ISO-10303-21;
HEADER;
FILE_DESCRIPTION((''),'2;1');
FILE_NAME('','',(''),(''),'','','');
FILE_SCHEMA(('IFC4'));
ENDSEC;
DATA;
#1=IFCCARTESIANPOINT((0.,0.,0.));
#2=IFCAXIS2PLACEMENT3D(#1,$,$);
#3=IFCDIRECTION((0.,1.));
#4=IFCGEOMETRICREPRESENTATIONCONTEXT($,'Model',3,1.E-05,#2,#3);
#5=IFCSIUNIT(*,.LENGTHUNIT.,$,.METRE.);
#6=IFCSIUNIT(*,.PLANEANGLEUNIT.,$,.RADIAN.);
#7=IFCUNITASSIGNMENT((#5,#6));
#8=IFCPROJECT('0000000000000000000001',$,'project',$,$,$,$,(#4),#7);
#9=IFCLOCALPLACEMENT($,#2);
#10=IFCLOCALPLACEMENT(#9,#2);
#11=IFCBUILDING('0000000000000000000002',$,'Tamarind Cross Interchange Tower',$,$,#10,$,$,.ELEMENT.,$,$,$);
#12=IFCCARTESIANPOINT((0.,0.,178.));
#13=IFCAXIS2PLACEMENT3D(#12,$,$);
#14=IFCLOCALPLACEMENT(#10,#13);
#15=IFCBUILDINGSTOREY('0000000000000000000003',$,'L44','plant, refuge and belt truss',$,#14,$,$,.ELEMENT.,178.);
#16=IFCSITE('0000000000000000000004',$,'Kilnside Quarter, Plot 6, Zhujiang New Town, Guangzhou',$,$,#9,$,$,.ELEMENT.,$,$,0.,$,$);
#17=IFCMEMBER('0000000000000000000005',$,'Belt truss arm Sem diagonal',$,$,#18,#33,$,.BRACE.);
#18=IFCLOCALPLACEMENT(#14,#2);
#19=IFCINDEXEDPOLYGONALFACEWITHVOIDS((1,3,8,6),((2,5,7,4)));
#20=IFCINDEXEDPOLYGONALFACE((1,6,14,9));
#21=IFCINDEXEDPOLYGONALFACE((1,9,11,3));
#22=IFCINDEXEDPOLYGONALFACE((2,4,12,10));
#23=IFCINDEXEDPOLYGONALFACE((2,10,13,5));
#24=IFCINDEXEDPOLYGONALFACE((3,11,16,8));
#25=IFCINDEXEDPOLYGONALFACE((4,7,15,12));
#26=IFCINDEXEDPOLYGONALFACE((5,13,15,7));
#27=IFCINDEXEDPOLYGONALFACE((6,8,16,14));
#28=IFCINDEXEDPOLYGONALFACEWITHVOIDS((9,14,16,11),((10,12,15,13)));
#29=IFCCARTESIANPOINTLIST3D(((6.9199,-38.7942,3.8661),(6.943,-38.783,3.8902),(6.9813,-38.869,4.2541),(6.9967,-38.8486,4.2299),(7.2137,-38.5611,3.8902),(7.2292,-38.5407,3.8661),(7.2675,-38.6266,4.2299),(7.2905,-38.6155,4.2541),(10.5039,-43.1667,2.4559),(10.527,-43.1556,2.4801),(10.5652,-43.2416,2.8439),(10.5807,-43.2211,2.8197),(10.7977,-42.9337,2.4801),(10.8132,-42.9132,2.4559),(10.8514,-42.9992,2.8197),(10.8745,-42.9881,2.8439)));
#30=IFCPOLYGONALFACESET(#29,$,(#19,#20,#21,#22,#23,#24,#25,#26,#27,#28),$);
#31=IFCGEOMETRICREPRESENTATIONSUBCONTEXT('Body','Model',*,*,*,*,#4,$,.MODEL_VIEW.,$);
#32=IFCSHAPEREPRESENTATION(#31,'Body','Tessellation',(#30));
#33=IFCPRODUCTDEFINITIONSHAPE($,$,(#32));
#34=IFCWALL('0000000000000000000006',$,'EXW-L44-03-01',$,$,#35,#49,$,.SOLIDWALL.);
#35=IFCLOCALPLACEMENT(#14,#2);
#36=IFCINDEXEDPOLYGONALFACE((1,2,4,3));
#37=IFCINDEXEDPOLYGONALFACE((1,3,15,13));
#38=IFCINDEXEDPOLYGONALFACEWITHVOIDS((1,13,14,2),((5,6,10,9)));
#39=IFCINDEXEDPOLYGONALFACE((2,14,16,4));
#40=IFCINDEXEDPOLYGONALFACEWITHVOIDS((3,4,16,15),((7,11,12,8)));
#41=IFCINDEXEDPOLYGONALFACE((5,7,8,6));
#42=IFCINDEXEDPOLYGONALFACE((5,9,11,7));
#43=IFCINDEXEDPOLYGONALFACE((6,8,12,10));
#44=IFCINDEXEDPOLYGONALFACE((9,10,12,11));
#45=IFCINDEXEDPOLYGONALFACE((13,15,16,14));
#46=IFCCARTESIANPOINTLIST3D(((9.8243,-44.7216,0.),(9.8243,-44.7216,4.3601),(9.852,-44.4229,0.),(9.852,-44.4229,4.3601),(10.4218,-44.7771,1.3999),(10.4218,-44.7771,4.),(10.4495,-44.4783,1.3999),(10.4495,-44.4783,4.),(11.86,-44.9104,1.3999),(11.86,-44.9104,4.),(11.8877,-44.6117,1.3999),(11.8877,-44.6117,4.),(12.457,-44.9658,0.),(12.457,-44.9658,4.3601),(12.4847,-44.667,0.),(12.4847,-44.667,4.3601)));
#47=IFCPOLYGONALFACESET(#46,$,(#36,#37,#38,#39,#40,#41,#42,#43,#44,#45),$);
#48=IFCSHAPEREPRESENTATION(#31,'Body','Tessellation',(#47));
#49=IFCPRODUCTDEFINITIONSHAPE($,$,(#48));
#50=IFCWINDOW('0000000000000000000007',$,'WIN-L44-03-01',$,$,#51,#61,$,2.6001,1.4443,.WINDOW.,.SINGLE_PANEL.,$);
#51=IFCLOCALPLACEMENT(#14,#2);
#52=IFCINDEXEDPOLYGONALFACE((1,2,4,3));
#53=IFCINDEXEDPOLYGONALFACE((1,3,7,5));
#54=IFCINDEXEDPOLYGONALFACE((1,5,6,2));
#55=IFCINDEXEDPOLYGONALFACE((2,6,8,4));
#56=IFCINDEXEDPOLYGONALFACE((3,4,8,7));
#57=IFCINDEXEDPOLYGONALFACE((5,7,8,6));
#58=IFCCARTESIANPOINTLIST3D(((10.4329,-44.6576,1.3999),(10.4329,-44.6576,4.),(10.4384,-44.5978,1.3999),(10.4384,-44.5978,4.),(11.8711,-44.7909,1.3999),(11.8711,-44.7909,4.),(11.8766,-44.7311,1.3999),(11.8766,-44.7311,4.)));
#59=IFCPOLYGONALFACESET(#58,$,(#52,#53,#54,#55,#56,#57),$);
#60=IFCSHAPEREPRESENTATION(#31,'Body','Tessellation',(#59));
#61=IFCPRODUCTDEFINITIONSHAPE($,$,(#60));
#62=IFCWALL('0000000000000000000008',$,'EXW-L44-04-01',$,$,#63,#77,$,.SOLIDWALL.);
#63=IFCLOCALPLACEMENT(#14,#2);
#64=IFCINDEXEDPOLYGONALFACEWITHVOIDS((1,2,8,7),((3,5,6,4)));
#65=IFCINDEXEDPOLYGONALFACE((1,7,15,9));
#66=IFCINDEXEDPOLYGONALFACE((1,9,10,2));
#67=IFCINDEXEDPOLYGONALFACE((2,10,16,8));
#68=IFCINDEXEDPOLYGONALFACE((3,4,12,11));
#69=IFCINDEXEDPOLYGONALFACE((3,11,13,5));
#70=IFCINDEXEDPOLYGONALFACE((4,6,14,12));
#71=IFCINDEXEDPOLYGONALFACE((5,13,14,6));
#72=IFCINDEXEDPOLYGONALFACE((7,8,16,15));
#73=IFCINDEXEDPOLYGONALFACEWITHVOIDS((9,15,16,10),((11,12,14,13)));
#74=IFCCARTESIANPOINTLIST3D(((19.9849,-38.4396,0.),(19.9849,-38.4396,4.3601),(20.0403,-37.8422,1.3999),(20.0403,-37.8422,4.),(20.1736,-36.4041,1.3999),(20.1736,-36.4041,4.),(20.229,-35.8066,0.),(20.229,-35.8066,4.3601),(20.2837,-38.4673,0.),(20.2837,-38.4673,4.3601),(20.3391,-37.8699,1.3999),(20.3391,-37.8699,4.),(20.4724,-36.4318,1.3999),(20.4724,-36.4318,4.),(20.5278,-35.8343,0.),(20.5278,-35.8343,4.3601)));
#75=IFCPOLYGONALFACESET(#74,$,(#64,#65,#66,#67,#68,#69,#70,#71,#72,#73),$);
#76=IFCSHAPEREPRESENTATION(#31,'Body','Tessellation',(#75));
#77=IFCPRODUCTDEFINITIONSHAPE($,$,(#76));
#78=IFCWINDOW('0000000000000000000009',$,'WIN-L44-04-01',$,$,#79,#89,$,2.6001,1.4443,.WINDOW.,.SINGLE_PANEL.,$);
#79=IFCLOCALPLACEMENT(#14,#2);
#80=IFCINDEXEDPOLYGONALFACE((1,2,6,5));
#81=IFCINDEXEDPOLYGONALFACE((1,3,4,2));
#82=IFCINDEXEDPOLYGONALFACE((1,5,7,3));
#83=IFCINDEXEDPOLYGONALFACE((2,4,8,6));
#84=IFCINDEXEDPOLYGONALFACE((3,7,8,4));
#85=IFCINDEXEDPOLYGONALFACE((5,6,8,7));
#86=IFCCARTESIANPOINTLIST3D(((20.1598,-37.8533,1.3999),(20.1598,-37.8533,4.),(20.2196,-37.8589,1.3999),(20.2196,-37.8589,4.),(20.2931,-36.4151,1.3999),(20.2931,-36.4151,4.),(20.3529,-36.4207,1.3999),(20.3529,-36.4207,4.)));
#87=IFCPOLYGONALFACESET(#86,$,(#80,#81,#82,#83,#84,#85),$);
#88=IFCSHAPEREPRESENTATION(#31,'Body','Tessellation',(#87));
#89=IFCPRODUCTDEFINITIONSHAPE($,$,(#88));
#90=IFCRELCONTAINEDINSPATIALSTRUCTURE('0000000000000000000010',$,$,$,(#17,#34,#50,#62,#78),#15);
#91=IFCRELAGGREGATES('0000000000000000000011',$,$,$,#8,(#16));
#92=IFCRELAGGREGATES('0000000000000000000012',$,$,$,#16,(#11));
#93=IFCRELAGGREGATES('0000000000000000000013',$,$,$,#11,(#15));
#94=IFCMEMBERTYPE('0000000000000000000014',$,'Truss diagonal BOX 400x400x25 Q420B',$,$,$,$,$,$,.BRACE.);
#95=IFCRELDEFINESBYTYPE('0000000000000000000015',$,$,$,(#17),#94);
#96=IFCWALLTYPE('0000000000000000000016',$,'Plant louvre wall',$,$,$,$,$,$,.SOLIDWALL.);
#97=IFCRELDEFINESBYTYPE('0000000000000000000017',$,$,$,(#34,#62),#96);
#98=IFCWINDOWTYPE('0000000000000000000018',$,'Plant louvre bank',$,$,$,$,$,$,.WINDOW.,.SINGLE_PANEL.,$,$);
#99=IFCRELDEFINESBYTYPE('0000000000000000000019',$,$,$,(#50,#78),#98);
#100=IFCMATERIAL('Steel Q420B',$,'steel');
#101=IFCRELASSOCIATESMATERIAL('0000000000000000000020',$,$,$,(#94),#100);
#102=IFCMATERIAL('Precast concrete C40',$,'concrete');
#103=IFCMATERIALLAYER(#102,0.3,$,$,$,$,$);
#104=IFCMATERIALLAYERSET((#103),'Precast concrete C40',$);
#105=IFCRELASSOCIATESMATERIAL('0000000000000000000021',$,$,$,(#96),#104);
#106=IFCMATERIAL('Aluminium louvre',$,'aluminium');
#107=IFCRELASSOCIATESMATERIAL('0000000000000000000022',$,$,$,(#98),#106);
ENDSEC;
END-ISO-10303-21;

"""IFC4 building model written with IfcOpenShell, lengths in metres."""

from ifc_helpers import new_model, si_unit, direction, frame, frame_2d, origin, origin_2d, place, context, subcontext, project, spatial, rectangle, hollow_rectangle, extrude, material, layer, layer_set, material_profile, profile_set, type_object, element, fill, save


model = new_model("IFC4")

# Units and contexts
model_context = context("Model", 3, precision=1e-05, world=origin(), true_north=direction((0.0, 1.0)))
body_context = subcontext(model_context, "Body", "Model", "MODEL_VIEW")
ifc_project = project(units=[si_unit("LENGTHUNIT", "METRE"), si_unit("PLANEANGLEUNIT", "RADIAN")], contexts=[model_context])

# Site, building, storey
site_placement = place(None, origin())
site = spatial("IfcSite", under=ifc_project, at=site_placement, Name="Kilnside Quarter, Plot 6, Zhujiang New Town, Guangzhou", CompositionType="ELEMENT", RefElevation=0.0)
building_placement = place(site_placement, origin())
building = spatial("IfcBuilding", under=site, at=building_placement, Name="Tamarind Cross Interchange Tower", CompositionType="ELEMENT")
storey_placement = place(building_placement, frame((0.0, 0.0, 178.0)))
storey = spatial("IfcBuildingStorey", under=building, at=storey_placement, Name="L44", Description="plant, refuge and belt truss", CompositionType="ELEMENT", Elevation=178.0)

# Member
ifc_material_1 = material(Name="Steel Q420B", Category="steel")
ifc_material_profile_1 = material_profile(ifc_material_1, hollow_rectangle(XDim=0.3999, YDim=0.3999, WallThickness=0.0249, at=origin_2d()), Name="BOX 400x400x25")
ifc_profile_set_1 = profile_set([ifc_material_profile_1], Name="Steel Q420B")
member_type_1 = type_object("IfcMemberType", Name="Truss diagonal BOX 400x400x25 Q420B", PredefinedType="BRACE", material=ifc_profile_set_1)
member_1_placement = place(storey_placement, frame((10.6892, -43.0774, 2.6499), z_axis=(-0.615076, 0.750409, 0.242008), x_axis=(-0.773399, -0.633919, 0.0)))
element("IfcMember", 1, at=member_1_placement, inside=storey, type_object=member_type_1, Name="Belt truss arm Sem diagonal", PredefinedType="BRACE", context=body_context, shape_type="SweptSolid", body=[
    extrude(hollow_rectangle(XDim=0.3999, YDim=0.3999, WallThickness=0.0249, at=origin_2d()), origin(), (0.0, 0.0, 1.0), 5.8269),
])

# Walls, openings, windows
ifc_material_2 = material(Name="Precast concrete C40", Category="concrete")
ifc_layer = layer(ifc_material_2, 0.3)
ifc_layer_set = layer_set([ifc_layer], Name="Precast concrete C40")
wall_type = type_object("IfcWallType", Name="Plant louvre wall", PredefinedType="SOLIDWALL", material=ifc_layer_set)
wall_1_placement = place(storey_placement, frame((9.8381, -44.5723, 0.0), z_axis=(0.0, 0.0, 1.0), x_axis=(0.995728, -0.092334, 0.0)))
wall_1 = element("IfcWall", 2, at=wall_1_placement, inside=storey, type_object=wall_type, Name="EXW-L44-03-01", PredefinedType="SOLIDWALL", context=body_context, shape_type="SweptSolid", body=[
    extrude(rectangle(XDim=2.644, YDim=0.3, at=frame_2d((1.322, 0.0))), origin(), (0.0, 0.0, 1.0), 4.3601),
])
opening_1_placement = place(wall_1_placement, frame((0.6001, 0.0, 1.3999)))
opening_1 = element("IfcOpeningElement", 3, at=opening_1_placement, cuts=wall_1, PredefinedType="OPENING", context=body_context, shape_type="SweptSolid", body=[
    extrude(rectangle(XDim=1.4443, YDim=2.6001, at=frame_2d((0.7222, 1.3))), frame((0.0, 0.1599, 0.0), z_axis=(0.0, -1.0, 0.0), x_axis=(1.0, 0.0, 0.0)), (0.0, 0.0, 1.0), 0.3201),
])
ifc_material_3 = material(Name="Aluminium louvre", Category="aluminium")
window_type_1 = type_object("IfcWindowType", Name="Plant louvre bank", PartitioningType="SINGLE_PANEL", PredefinedType="WINDOW", material=ifc_material_3)
window_1_placement = place(opening_1_placement, origin())
window_1 = element("IfcWindow", 4, at=window_1_placement, inside=storey, type_object=window_type_1, Name="WIN-L44-03-01", OverallHeight=2.6001, OverallWidth=1.4443, PartitioningType="SINGLE_PANEL", PredefinedType="WINDOW", context=body_context, shape_type="SweptSolid", body=[
    extrude(rectangle(XDim=1.4443, YDim=2.6001, at=frame_2d((0.7222, 1.3))), frame((0.0, 0.03, 0.0), z_axis=(0.0, -1.0, 0.0), x_axis=(1.0, 0.0, 0.0)), (0.0, 0.0, 1.0), 0.0601),
])
fill(opening_1, window_1)
wall_2_placement = place(storey_placement, frame((20.1343, -38.4536, 0.0), z_axis=(0.0, 0.0, 1.0), x_axis=(0.092325, 0.995729, 0.0)))
wall_2 = element("IfcWall", 5, at=wall_2_placement, inside=storey, type_object=wall_type, Name="EXW-L44-04-01", PredefinedType="SOLIDWALL", context=body_context, shape_type="SweptSolid", body=[
    extrude(rectangle(XDim=2.6443, YDim=0.3, at=frame_2d((1.3223, 0.0))), origin(), (0.0, 0.0, 1.0), 4.3601),
])
opening_2_placement = place(wall_2_placement, frame((0.6001, 0.0, 1.3999)))
opening_2 = element("IfcOpeningElement", 6, at=opening_2_placement, cuts=wall_2, PredefinedType="OPENING", context=body_context, shape_type="SweptSolid", body=[
    extrude(rectangle(XDim=1.4443, YDim=2.6001, at=frame_2d((0.7222, 1.3))), frame((0.0, 0.1599, 0.0), z_axis=(0.0, -1.0, 0.0), x_axis=(1.0, 0.0, 0.0)), (0.0, 0.0, 1.0), 0.3201),
])
window_2_placement = place(opening_2_placement, origin())
window_2 = element("IfcWindow", 7, at=window_2_placement, inside=storey, type_object=window_type_1, Name="WIN-L44-04-01", OverallHeight=2.6001, OverallWidth=1.4443, PartitioningType="SINGLE_PANEL", PredefinedType="WINDOW", context=body_context, shape_type="SweptSolid", body=[
    extrude(rectangle(XDim=1.4443, YDim=2.6001, at=frame_2d((0.7222, 1.3))), frame((0.0, 0.03, 0.0), z_axis=(0.0, -1.0, 0.0), x_axis=(1.0, 0.0, 0.0)), (0.0, 0.0, 1.0), 0.0601),
])
fill(opening_2, window_2)

save(model, "model.ifc")
